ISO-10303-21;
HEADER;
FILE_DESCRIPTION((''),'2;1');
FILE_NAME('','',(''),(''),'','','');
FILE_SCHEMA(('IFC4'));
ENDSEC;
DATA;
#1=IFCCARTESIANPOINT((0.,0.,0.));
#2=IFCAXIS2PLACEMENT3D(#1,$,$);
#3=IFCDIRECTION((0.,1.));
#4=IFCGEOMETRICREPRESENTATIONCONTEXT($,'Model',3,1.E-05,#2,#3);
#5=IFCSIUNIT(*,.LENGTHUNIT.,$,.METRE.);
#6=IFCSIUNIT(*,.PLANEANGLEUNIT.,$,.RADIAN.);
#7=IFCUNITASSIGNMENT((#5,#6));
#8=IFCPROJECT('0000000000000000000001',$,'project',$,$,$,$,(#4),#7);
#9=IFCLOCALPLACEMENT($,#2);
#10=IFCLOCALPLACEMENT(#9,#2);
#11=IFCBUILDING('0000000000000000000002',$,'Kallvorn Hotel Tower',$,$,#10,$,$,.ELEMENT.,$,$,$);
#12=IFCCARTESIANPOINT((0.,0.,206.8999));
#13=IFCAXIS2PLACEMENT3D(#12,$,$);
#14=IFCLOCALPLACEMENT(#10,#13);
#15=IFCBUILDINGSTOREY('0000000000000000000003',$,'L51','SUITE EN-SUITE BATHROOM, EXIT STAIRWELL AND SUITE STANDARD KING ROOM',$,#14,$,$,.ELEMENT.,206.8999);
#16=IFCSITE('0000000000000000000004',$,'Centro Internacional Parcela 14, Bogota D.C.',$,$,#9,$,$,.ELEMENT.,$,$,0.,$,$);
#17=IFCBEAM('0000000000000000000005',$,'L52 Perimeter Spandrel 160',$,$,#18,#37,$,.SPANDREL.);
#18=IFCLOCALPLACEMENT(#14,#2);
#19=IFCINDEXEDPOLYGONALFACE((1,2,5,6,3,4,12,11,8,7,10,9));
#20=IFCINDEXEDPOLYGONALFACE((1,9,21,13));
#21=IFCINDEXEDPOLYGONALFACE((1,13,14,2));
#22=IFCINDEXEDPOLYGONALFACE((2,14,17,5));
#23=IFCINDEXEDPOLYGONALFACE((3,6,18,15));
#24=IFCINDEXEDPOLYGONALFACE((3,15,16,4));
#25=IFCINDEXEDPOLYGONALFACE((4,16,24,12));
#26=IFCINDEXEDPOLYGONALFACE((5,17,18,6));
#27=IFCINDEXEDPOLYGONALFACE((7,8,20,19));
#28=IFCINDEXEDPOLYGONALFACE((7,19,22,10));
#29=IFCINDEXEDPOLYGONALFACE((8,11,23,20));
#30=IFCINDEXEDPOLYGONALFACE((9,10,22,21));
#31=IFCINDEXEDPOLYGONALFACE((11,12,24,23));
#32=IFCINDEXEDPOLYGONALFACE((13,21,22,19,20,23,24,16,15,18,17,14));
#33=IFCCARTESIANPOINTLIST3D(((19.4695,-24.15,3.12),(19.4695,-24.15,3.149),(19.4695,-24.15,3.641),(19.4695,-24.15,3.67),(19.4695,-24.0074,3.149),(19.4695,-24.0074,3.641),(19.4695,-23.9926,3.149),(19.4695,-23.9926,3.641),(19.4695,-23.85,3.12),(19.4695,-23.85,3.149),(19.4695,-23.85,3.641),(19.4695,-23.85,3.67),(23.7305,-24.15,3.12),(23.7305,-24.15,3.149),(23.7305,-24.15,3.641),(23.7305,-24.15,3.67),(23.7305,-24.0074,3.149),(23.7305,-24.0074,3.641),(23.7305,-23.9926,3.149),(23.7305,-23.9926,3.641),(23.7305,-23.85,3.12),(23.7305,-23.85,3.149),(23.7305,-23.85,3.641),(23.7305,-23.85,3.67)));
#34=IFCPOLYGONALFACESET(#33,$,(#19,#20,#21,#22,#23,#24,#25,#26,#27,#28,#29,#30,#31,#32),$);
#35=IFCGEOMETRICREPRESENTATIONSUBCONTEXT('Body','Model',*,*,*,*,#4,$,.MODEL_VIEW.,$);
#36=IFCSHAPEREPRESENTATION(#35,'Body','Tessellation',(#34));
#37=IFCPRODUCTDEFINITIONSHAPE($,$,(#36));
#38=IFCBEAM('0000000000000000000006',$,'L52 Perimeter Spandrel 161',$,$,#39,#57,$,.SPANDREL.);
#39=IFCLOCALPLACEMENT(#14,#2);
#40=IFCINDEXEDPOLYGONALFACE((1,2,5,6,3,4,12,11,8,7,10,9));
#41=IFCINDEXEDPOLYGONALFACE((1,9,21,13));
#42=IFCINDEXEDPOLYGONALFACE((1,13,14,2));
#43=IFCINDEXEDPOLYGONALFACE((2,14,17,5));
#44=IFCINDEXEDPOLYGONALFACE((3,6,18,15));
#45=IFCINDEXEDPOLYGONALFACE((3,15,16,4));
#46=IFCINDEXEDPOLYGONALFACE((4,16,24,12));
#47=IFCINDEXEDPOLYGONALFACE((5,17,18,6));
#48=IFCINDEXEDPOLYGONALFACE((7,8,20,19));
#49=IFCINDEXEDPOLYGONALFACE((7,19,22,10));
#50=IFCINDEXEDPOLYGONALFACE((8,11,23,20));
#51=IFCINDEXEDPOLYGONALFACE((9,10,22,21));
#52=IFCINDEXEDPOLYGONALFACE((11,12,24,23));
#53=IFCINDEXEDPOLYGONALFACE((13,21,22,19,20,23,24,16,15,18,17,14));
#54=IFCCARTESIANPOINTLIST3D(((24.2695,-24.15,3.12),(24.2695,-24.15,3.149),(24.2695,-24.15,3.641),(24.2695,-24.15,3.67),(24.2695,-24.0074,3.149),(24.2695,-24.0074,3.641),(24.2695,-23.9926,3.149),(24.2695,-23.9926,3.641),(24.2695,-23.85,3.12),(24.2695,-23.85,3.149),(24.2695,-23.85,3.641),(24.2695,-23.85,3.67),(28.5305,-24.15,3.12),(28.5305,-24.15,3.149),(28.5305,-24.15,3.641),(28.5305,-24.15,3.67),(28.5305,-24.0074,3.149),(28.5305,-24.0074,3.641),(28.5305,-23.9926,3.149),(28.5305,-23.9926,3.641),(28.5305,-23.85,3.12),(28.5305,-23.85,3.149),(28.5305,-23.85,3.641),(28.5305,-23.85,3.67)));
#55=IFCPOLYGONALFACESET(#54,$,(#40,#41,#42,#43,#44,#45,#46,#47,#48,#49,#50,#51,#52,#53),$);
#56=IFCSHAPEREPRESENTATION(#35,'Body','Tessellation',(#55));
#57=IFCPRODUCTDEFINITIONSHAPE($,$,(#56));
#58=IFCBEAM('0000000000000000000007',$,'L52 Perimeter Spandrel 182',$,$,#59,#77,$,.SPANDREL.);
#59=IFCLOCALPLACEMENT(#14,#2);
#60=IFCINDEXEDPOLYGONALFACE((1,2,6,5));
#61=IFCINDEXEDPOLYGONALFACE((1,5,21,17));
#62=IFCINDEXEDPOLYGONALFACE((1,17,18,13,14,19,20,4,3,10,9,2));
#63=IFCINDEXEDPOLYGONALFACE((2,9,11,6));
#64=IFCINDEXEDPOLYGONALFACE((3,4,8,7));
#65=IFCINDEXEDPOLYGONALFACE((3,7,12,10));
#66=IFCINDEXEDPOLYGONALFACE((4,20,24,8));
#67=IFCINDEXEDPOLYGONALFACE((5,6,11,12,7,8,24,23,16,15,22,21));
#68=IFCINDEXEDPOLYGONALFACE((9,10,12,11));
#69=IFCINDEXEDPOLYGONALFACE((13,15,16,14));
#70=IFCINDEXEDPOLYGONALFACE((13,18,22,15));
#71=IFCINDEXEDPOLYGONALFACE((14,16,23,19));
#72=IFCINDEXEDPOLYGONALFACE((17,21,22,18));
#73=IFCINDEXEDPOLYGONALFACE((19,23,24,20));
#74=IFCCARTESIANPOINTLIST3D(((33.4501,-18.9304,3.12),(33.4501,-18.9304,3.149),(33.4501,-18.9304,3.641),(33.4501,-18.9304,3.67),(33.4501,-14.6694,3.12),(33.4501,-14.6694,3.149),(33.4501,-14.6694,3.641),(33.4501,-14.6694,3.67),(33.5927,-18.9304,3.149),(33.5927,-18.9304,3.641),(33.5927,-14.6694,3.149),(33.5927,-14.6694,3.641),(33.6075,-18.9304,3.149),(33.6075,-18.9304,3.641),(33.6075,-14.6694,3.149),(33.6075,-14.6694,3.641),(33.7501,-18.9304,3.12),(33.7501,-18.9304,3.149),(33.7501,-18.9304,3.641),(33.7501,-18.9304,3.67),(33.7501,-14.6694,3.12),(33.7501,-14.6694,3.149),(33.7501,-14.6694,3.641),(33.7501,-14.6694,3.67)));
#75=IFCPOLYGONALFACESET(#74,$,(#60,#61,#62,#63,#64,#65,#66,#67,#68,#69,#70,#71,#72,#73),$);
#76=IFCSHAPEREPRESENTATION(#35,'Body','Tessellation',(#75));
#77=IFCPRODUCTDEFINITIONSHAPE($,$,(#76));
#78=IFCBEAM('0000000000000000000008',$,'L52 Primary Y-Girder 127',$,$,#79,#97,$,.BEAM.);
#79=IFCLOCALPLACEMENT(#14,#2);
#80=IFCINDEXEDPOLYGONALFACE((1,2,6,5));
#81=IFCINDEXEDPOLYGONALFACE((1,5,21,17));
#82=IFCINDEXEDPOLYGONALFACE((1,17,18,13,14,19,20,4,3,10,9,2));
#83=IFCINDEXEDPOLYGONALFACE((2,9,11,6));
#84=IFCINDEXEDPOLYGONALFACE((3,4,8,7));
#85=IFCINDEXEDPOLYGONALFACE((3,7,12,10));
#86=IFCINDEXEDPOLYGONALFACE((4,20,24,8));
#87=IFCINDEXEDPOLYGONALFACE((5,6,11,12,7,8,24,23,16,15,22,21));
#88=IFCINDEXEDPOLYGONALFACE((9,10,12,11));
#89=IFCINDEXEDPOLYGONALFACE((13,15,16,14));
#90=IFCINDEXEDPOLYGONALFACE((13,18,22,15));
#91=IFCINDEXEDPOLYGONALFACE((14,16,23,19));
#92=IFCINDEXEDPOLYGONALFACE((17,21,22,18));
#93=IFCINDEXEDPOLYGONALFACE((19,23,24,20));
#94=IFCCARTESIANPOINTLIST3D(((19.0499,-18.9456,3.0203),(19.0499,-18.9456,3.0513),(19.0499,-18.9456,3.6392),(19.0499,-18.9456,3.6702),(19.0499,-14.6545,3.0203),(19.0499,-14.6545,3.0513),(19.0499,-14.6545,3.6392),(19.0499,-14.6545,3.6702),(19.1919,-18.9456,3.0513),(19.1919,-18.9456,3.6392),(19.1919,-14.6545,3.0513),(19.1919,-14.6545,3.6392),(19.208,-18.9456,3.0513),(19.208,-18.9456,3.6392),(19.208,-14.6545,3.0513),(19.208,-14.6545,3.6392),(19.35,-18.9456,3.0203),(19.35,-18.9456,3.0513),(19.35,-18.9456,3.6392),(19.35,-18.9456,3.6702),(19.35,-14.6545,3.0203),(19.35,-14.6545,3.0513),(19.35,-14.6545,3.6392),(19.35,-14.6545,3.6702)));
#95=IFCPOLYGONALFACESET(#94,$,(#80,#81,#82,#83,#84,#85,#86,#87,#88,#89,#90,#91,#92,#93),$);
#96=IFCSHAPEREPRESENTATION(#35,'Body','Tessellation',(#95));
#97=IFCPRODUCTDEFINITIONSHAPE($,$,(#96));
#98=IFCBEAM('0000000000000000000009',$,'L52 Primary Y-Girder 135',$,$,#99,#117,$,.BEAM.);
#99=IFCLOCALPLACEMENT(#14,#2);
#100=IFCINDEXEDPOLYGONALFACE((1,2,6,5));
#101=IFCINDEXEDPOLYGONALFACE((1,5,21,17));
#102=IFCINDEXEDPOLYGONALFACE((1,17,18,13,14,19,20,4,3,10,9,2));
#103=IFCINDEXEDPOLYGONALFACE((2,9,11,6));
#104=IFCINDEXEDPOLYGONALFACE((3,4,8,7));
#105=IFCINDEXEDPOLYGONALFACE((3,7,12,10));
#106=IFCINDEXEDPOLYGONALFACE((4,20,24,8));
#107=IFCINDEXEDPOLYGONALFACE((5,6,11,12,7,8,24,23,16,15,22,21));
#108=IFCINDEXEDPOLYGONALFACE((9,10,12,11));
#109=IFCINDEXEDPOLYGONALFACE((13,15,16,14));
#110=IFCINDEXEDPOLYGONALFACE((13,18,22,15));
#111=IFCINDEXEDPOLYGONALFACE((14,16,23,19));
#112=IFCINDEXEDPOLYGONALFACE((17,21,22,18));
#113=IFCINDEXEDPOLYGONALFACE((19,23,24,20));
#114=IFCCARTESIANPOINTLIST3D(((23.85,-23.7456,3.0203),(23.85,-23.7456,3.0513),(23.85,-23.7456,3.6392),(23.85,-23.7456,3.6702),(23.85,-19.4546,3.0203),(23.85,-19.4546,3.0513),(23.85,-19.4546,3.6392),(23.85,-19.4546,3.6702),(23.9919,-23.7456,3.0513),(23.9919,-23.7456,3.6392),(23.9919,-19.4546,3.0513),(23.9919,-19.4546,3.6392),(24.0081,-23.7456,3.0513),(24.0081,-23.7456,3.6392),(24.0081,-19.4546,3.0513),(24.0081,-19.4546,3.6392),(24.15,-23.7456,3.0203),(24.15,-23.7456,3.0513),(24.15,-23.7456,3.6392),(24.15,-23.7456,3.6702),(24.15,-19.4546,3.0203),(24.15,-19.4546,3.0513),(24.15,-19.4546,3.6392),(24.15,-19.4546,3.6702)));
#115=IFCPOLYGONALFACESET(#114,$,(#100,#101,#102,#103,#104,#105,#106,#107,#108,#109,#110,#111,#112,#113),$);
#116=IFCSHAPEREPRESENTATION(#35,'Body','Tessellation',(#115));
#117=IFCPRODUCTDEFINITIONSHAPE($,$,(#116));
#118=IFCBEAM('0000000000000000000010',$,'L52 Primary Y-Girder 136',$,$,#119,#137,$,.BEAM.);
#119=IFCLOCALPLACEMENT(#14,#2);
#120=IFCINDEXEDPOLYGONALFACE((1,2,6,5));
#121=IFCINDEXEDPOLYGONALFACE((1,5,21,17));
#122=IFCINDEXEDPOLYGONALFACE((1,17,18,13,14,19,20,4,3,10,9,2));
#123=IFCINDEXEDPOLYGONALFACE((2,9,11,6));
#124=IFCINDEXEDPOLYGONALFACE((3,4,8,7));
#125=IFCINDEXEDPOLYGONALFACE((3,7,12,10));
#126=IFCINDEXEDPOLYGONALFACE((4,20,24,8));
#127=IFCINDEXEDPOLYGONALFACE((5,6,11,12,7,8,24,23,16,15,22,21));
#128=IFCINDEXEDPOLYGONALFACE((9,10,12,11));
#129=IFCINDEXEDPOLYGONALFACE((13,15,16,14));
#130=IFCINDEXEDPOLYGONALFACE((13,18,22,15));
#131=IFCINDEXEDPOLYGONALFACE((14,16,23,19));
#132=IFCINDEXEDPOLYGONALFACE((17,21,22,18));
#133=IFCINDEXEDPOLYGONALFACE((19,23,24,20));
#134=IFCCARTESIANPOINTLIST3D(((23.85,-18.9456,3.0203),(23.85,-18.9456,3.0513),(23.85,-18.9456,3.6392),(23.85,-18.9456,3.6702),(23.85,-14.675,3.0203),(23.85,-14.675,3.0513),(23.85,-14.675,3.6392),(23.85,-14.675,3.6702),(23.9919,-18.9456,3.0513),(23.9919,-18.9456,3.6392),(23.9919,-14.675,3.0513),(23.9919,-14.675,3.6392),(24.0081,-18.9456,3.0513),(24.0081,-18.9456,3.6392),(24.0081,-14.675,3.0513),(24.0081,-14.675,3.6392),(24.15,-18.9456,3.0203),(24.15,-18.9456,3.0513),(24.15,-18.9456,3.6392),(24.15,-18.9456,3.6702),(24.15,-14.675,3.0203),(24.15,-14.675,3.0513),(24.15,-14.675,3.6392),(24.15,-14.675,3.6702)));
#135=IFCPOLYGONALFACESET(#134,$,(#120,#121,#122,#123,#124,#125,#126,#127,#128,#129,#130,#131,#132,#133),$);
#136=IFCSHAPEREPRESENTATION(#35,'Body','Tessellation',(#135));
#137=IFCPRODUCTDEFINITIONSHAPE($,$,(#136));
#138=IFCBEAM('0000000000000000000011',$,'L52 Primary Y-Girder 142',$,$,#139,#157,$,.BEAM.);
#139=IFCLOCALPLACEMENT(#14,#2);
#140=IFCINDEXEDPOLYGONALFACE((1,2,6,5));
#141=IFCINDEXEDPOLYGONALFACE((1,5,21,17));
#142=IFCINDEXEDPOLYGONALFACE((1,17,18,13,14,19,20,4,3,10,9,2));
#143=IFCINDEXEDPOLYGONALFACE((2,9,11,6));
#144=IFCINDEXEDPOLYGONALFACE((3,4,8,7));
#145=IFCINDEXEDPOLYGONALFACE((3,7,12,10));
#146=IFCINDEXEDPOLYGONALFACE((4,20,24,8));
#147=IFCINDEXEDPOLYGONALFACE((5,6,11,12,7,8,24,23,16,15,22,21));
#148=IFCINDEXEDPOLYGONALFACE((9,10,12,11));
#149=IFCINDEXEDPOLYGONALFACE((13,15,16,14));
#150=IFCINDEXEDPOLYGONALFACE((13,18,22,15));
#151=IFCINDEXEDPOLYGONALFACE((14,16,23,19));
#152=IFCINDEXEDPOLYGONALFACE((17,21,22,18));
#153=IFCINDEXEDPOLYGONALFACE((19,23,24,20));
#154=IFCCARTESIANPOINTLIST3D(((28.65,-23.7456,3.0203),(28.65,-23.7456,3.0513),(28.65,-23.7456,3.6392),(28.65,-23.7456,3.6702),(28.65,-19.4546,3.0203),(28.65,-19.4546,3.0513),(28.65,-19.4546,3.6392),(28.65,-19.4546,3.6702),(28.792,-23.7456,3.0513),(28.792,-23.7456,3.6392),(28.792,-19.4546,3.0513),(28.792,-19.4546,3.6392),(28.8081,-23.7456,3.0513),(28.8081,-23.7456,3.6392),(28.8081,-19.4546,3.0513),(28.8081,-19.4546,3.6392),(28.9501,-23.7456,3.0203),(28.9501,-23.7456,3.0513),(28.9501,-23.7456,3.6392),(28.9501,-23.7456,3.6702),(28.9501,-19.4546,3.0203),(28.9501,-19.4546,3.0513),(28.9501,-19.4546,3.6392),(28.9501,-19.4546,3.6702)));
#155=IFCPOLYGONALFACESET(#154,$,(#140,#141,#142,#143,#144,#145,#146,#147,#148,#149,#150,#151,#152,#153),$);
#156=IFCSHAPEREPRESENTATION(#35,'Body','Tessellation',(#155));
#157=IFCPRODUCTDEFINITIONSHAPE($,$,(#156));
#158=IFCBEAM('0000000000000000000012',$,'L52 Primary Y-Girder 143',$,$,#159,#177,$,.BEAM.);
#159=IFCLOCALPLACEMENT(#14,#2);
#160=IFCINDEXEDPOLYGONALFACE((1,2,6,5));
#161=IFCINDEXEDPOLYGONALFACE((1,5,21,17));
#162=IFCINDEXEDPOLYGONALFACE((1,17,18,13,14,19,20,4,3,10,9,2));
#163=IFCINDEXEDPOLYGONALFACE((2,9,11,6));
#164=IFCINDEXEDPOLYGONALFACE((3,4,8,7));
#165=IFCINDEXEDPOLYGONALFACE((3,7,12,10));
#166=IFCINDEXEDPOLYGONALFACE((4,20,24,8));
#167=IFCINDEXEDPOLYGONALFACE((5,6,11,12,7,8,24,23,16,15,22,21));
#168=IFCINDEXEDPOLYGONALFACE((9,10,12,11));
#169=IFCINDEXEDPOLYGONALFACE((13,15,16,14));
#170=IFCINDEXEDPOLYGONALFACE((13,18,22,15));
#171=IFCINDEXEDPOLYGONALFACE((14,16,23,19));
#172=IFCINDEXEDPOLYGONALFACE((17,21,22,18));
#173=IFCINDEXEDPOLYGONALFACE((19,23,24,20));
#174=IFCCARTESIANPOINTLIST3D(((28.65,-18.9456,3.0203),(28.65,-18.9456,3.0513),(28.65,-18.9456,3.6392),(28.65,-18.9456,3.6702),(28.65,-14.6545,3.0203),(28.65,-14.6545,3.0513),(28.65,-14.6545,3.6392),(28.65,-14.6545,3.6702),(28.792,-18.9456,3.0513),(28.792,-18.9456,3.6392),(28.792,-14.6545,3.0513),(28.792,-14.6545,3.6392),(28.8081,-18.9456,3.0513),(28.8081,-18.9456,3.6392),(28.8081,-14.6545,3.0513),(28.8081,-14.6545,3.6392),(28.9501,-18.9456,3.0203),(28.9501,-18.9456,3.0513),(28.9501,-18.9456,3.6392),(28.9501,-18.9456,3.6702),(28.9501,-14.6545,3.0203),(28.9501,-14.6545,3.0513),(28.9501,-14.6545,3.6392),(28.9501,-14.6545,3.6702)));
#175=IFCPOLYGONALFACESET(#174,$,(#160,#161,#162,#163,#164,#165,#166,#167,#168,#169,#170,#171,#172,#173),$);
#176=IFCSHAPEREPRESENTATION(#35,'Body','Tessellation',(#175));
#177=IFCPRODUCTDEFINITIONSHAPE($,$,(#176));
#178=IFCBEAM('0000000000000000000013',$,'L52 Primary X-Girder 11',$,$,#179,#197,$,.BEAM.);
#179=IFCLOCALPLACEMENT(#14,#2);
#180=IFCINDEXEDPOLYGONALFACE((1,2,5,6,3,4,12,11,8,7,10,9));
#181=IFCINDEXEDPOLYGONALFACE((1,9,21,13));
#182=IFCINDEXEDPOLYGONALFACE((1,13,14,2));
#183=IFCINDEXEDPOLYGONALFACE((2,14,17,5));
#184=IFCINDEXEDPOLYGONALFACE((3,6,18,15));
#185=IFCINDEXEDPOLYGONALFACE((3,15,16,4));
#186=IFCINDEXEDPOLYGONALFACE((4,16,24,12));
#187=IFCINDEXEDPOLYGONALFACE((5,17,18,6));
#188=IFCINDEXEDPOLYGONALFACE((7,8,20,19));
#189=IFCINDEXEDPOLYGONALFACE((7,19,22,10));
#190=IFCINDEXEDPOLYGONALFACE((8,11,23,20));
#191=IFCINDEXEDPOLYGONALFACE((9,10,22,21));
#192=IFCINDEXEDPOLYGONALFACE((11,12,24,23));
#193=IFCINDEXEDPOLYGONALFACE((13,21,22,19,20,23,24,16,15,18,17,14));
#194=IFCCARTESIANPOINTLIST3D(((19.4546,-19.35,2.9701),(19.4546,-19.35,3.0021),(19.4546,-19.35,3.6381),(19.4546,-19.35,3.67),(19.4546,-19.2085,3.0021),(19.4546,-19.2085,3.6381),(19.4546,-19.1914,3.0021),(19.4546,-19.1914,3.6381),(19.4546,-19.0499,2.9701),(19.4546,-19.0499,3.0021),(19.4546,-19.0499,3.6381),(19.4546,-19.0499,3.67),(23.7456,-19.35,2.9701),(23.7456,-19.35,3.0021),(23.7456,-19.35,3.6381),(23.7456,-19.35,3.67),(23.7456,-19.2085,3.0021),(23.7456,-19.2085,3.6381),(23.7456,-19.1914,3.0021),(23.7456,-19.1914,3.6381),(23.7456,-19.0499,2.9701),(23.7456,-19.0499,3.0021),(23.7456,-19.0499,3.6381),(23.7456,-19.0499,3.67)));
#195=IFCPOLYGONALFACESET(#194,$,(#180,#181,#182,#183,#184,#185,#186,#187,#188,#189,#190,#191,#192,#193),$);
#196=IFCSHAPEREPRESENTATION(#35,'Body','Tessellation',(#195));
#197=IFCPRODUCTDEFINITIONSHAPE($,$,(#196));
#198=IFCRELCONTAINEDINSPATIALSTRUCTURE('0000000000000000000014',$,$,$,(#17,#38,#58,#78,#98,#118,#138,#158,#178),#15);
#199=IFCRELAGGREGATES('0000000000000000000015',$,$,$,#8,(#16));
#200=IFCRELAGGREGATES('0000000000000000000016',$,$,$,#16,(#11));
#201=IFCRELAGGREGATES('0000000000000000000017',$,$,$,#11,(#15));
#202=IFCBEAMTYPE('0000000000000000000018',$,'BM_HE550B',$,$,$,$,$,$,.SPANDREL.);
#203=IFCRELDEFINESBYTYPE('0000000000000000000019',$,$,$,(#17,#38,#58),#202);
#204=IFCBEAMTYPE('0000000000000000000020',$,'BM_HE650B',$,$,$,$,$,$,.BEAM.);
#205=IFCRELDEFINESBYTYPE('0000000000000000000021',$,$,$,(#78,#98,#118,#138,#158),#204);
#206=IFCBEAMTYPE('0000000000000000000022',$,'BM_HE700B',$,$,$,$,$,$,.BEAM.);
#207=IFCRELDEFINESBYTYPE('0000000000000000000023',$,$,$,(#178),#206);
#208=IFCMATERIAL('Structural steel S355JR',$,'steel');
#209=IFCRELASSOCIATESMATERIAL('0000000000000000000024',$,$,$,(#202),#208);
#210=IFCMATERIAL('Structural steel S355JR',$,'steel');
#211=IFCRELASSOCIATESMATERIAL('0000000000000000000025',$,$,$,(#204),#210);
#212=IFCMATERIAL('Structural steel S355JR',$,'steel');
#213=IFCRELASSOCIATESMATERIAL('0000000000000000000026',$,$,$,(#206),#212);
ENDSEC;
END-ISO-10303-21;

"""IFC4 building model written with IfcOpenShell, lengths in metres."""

from ifc_helpers import new_model, si_unit, direction, frame, origin, origin_2d, place, context, subcontext, project, spatial, i_section, extrude, material, material_profile, profile_set, type_object, element, save


model = new_model("IFC4")

# Units and contexts
model_context = context("Model", 3, precision=1e-05, world=origin(), true_north=direction((0.0, 1.0)))
body_context = subcontext(model_context, "Body", "Model", "MODEL_VIEW")
ifc_project = project(units=[si_unit("LENGTHUNIT", "METRE"), si_unit("PLANEANGLEUNIT", "RADIAN")], contexts=[model_context])

# Site, building, storey
site_placement = place(None, origin())
site = spatial("IfcSite", under=ifc_project, at=site_placement, Name="Centro Internacional Parcela 14, Bogota D.C.", CompositionType="ELEMENT", RefElevation=0.0)
building_placement = place(site_placement, origin())
building = spatial("IfcBuilding", under=site, at=building_placement, Name="Kallvorn Hotel Tower", CompositionType="ELEMENT")
storey_placement = place(building_placement, frame((0.0, 0.0, 206.8999)))
storey = spatial("IfcBuildingStorey", under=building, at=storey_placement, Name="L51", Description="SUITE EN-SUITE BATHROOM, EXIT STAIRWELL AND SUITE STANDARD KING ROOM", CompositionType="ELEMENT", Elevation=206.8999)

# Beams
ifc_material_1 = material(Name="Structural steel S355JR", Category="steel")
ifc_material_profile_1 = material_profile(ifc_material_1, i_section(OverallWidth=0.3, OverallDepth=0.55, WebThickness=0.0149, FlangeThickness=0.0291, at=origin_2d()), Name="HE 550 B")
ifc_profile_set_1 = profile_set([ifc_material_profile_1], Name="Structural steel S355JR")
beam_type_1 = type_object("IfcBeamType", Name="BM_HE550B", PredefinedType="SPANDREL", material=ifc_profile_set_1)
for number, where, z_axis, x_axis, name in (
    (1, (19.4695, -24.0, 3.395), (1.0, 0.0, 0.0), (0.0, 1.0, 0.0), "L52 Perimeter Spandrel 160"),
    (2, (24.2695, -24.0, 3.395), (1.0, 0.0, 0.0), (0.0, 1.0, 0.0), "L52 Perimeter Spandrel 161"),
    (3, (33.6001, -18.9304, 3.395), (0.0, 1.0, 0.0), (-1.0, 0.0, 0.0), "L52 Perimeter Spandrel 182"),
):
    element("IfcBeam", number, at=place(storey_placement, frame(where, z_axis=z_axis, x_axis=x_axis)), inside=storey, type_object=beam_type_1, Name=name, PredefinedType="SPANDREL", context=body_context, shape_type="SweptSolid", body=[
        extrude(i_section(OverallWidth=0.3, OverallDepth=0.55, WebThickness=0.0149, FlangeThickness=0.0291, at=origin_2d()), origin(), (0.0, 0.0, 1.0), 4.261),
    ])
ifc_material_2 = material(Name="Structural steel S355JR", Category="steel")
ifc_material_profile_2 = material_profile(ifc_material_2, i_section(OverallWidth=0.3, OverallDepth=0.6499, WebThickness=0.0161, FlangeThickness=0.031, at=origin_2d()), Name="HE 650 B")
ifc_profile_set_2 = profile_set([ifc_material_profile_2], Name="Structural steel S355JR")
beam_type_2 = type_object("IfcBeamType", Name="BM_HE650B", PredefinedType="BEAM", material=ifc_profile_set_2)
for number, where, z_axis, x_axis, name in (
    (4, (19.2, -18.9456, 3.3452), (0.0, 1.0, 0.0), (-1.0, 0.0, 0.0), "L52 Primary Y-Girder 127"),
    (5, (24.0, -23.7456, 3.3452), (0.0, 1.0, 0.0), (-1.0, 0.0, 0.0), "L52 Primary Y-Girder 135"),
):
    element("IfcBeam", number, at=place(storey_placement, frame(where, z_axis=z_axis, x_axis=x_axis)), inside=storey, type_object=beam_type_2, Name=name, PredefinedType="BEAM", context=body_context, shape_type="SweptSolid", body=[
        extrude(i_section(OverallWidth=0.3, OverallDepth=0.6499, WebThickness=0.0161, FlangeThickness=0.031, at=origin_2d()), origin(), (0.0, 0.0, 1.0), 4.291),
    ])
beam_1_placement = place(storey_placement, frame((24.0, -18.9456, 3.3452), z_axis=(0.0, 1.0, 0.0), x_axis=(-1.0, 0.0, 0.0)))
element("IfcBeam", 6, at=beam_1_placement, inside=storey, type_object=beam_type_2, Name="L52 Primary Y-Girder 136", PredefinedType="BEAM", context=body_context, shape_type="SweptSolid", body=[
    extrude(i_section(OverallWidth=0.3, OverallDepth=0.6499, WebThickness=0.0161, FlangeThickness=0.031, at=origin_2d()), origin(), (0.0, 0.0, 1.0), 4.2705),
])
for number, where, z_axis, x_axis, name in (
    (7, (28.8, -23.7456, 3.3452), (0.0, 1.0, 0.0), (-1.0, 0.0, 0.0), "L52 Primary Y-Girder 142"),
    (8, (28.8, -18.9456, 3.3452), (0.0, 1.0, 0.0), (-1.0, 0.0, 0.0), "L52 Primary Y-Girder 143"),
):
    element("IfcBeam", number, at=place(storey_placement, frame(where, z_axis=z_axis, x_axis=x_axis)), inside=storey, type_object=beam_type_2, Name=name, PredefinedType="BEAM", context=body_context, shape_type="SweptSolid", body=[
        extrude(i_section(OverallWidth=0.3, OverallDepth=0.6499, WebThickness=0.0161, FlangeThickness=0.031, at=origin_2d()), origin(), (0.0, 0.0, 1.0), 4.291),
    ])
ifc_material_3 = material(Name="Structural steel S355JR", Category="steel")
ifc_material_profile_3 = material_profile(ifc_material_3, i_section(OverallWidth=0.3, OverallDepth=0.7, WebThickness=0.0171, FlangeThickness=0.032, at=origin_2d()), Name="HE 700 B")
ifc_profile_set_3 = profile_set([ifc_material_profile_3], Name="Structural steel S355JR")
beam_type_3 = type_object("IfcBeamType", Name="BM_HE700B", PredefinedType="BEAM", material=ifc_profile_set_3)
for number, where, z_axis, x_axis, name in (
    (9, (19.4546, -19.2, 3.3201), (1.0, 0.0, 0.0), (0.0, 1.0, 0.0), "L52 Primary X-Girder 11"),
):
    element("IfcBeam", number, at=place(storey_placement, frame(where, z_axis=z_axis, x_axis=x_axis)), inside=storey, type_object=beam_type_3, Name=name, PredefinedType="BEAM", context=body_context, shape_type="SweptSolid", body=[
        extrude(i_section(OverallWidth=0.3, OverallDepth=0.7, WebThickness=0.0171, FlangeThickness=0.032, at=origin_2d()), origin(), (0.0, 0.0, 1.0), 4.291),
    ])

save(model, "model.ifc")
